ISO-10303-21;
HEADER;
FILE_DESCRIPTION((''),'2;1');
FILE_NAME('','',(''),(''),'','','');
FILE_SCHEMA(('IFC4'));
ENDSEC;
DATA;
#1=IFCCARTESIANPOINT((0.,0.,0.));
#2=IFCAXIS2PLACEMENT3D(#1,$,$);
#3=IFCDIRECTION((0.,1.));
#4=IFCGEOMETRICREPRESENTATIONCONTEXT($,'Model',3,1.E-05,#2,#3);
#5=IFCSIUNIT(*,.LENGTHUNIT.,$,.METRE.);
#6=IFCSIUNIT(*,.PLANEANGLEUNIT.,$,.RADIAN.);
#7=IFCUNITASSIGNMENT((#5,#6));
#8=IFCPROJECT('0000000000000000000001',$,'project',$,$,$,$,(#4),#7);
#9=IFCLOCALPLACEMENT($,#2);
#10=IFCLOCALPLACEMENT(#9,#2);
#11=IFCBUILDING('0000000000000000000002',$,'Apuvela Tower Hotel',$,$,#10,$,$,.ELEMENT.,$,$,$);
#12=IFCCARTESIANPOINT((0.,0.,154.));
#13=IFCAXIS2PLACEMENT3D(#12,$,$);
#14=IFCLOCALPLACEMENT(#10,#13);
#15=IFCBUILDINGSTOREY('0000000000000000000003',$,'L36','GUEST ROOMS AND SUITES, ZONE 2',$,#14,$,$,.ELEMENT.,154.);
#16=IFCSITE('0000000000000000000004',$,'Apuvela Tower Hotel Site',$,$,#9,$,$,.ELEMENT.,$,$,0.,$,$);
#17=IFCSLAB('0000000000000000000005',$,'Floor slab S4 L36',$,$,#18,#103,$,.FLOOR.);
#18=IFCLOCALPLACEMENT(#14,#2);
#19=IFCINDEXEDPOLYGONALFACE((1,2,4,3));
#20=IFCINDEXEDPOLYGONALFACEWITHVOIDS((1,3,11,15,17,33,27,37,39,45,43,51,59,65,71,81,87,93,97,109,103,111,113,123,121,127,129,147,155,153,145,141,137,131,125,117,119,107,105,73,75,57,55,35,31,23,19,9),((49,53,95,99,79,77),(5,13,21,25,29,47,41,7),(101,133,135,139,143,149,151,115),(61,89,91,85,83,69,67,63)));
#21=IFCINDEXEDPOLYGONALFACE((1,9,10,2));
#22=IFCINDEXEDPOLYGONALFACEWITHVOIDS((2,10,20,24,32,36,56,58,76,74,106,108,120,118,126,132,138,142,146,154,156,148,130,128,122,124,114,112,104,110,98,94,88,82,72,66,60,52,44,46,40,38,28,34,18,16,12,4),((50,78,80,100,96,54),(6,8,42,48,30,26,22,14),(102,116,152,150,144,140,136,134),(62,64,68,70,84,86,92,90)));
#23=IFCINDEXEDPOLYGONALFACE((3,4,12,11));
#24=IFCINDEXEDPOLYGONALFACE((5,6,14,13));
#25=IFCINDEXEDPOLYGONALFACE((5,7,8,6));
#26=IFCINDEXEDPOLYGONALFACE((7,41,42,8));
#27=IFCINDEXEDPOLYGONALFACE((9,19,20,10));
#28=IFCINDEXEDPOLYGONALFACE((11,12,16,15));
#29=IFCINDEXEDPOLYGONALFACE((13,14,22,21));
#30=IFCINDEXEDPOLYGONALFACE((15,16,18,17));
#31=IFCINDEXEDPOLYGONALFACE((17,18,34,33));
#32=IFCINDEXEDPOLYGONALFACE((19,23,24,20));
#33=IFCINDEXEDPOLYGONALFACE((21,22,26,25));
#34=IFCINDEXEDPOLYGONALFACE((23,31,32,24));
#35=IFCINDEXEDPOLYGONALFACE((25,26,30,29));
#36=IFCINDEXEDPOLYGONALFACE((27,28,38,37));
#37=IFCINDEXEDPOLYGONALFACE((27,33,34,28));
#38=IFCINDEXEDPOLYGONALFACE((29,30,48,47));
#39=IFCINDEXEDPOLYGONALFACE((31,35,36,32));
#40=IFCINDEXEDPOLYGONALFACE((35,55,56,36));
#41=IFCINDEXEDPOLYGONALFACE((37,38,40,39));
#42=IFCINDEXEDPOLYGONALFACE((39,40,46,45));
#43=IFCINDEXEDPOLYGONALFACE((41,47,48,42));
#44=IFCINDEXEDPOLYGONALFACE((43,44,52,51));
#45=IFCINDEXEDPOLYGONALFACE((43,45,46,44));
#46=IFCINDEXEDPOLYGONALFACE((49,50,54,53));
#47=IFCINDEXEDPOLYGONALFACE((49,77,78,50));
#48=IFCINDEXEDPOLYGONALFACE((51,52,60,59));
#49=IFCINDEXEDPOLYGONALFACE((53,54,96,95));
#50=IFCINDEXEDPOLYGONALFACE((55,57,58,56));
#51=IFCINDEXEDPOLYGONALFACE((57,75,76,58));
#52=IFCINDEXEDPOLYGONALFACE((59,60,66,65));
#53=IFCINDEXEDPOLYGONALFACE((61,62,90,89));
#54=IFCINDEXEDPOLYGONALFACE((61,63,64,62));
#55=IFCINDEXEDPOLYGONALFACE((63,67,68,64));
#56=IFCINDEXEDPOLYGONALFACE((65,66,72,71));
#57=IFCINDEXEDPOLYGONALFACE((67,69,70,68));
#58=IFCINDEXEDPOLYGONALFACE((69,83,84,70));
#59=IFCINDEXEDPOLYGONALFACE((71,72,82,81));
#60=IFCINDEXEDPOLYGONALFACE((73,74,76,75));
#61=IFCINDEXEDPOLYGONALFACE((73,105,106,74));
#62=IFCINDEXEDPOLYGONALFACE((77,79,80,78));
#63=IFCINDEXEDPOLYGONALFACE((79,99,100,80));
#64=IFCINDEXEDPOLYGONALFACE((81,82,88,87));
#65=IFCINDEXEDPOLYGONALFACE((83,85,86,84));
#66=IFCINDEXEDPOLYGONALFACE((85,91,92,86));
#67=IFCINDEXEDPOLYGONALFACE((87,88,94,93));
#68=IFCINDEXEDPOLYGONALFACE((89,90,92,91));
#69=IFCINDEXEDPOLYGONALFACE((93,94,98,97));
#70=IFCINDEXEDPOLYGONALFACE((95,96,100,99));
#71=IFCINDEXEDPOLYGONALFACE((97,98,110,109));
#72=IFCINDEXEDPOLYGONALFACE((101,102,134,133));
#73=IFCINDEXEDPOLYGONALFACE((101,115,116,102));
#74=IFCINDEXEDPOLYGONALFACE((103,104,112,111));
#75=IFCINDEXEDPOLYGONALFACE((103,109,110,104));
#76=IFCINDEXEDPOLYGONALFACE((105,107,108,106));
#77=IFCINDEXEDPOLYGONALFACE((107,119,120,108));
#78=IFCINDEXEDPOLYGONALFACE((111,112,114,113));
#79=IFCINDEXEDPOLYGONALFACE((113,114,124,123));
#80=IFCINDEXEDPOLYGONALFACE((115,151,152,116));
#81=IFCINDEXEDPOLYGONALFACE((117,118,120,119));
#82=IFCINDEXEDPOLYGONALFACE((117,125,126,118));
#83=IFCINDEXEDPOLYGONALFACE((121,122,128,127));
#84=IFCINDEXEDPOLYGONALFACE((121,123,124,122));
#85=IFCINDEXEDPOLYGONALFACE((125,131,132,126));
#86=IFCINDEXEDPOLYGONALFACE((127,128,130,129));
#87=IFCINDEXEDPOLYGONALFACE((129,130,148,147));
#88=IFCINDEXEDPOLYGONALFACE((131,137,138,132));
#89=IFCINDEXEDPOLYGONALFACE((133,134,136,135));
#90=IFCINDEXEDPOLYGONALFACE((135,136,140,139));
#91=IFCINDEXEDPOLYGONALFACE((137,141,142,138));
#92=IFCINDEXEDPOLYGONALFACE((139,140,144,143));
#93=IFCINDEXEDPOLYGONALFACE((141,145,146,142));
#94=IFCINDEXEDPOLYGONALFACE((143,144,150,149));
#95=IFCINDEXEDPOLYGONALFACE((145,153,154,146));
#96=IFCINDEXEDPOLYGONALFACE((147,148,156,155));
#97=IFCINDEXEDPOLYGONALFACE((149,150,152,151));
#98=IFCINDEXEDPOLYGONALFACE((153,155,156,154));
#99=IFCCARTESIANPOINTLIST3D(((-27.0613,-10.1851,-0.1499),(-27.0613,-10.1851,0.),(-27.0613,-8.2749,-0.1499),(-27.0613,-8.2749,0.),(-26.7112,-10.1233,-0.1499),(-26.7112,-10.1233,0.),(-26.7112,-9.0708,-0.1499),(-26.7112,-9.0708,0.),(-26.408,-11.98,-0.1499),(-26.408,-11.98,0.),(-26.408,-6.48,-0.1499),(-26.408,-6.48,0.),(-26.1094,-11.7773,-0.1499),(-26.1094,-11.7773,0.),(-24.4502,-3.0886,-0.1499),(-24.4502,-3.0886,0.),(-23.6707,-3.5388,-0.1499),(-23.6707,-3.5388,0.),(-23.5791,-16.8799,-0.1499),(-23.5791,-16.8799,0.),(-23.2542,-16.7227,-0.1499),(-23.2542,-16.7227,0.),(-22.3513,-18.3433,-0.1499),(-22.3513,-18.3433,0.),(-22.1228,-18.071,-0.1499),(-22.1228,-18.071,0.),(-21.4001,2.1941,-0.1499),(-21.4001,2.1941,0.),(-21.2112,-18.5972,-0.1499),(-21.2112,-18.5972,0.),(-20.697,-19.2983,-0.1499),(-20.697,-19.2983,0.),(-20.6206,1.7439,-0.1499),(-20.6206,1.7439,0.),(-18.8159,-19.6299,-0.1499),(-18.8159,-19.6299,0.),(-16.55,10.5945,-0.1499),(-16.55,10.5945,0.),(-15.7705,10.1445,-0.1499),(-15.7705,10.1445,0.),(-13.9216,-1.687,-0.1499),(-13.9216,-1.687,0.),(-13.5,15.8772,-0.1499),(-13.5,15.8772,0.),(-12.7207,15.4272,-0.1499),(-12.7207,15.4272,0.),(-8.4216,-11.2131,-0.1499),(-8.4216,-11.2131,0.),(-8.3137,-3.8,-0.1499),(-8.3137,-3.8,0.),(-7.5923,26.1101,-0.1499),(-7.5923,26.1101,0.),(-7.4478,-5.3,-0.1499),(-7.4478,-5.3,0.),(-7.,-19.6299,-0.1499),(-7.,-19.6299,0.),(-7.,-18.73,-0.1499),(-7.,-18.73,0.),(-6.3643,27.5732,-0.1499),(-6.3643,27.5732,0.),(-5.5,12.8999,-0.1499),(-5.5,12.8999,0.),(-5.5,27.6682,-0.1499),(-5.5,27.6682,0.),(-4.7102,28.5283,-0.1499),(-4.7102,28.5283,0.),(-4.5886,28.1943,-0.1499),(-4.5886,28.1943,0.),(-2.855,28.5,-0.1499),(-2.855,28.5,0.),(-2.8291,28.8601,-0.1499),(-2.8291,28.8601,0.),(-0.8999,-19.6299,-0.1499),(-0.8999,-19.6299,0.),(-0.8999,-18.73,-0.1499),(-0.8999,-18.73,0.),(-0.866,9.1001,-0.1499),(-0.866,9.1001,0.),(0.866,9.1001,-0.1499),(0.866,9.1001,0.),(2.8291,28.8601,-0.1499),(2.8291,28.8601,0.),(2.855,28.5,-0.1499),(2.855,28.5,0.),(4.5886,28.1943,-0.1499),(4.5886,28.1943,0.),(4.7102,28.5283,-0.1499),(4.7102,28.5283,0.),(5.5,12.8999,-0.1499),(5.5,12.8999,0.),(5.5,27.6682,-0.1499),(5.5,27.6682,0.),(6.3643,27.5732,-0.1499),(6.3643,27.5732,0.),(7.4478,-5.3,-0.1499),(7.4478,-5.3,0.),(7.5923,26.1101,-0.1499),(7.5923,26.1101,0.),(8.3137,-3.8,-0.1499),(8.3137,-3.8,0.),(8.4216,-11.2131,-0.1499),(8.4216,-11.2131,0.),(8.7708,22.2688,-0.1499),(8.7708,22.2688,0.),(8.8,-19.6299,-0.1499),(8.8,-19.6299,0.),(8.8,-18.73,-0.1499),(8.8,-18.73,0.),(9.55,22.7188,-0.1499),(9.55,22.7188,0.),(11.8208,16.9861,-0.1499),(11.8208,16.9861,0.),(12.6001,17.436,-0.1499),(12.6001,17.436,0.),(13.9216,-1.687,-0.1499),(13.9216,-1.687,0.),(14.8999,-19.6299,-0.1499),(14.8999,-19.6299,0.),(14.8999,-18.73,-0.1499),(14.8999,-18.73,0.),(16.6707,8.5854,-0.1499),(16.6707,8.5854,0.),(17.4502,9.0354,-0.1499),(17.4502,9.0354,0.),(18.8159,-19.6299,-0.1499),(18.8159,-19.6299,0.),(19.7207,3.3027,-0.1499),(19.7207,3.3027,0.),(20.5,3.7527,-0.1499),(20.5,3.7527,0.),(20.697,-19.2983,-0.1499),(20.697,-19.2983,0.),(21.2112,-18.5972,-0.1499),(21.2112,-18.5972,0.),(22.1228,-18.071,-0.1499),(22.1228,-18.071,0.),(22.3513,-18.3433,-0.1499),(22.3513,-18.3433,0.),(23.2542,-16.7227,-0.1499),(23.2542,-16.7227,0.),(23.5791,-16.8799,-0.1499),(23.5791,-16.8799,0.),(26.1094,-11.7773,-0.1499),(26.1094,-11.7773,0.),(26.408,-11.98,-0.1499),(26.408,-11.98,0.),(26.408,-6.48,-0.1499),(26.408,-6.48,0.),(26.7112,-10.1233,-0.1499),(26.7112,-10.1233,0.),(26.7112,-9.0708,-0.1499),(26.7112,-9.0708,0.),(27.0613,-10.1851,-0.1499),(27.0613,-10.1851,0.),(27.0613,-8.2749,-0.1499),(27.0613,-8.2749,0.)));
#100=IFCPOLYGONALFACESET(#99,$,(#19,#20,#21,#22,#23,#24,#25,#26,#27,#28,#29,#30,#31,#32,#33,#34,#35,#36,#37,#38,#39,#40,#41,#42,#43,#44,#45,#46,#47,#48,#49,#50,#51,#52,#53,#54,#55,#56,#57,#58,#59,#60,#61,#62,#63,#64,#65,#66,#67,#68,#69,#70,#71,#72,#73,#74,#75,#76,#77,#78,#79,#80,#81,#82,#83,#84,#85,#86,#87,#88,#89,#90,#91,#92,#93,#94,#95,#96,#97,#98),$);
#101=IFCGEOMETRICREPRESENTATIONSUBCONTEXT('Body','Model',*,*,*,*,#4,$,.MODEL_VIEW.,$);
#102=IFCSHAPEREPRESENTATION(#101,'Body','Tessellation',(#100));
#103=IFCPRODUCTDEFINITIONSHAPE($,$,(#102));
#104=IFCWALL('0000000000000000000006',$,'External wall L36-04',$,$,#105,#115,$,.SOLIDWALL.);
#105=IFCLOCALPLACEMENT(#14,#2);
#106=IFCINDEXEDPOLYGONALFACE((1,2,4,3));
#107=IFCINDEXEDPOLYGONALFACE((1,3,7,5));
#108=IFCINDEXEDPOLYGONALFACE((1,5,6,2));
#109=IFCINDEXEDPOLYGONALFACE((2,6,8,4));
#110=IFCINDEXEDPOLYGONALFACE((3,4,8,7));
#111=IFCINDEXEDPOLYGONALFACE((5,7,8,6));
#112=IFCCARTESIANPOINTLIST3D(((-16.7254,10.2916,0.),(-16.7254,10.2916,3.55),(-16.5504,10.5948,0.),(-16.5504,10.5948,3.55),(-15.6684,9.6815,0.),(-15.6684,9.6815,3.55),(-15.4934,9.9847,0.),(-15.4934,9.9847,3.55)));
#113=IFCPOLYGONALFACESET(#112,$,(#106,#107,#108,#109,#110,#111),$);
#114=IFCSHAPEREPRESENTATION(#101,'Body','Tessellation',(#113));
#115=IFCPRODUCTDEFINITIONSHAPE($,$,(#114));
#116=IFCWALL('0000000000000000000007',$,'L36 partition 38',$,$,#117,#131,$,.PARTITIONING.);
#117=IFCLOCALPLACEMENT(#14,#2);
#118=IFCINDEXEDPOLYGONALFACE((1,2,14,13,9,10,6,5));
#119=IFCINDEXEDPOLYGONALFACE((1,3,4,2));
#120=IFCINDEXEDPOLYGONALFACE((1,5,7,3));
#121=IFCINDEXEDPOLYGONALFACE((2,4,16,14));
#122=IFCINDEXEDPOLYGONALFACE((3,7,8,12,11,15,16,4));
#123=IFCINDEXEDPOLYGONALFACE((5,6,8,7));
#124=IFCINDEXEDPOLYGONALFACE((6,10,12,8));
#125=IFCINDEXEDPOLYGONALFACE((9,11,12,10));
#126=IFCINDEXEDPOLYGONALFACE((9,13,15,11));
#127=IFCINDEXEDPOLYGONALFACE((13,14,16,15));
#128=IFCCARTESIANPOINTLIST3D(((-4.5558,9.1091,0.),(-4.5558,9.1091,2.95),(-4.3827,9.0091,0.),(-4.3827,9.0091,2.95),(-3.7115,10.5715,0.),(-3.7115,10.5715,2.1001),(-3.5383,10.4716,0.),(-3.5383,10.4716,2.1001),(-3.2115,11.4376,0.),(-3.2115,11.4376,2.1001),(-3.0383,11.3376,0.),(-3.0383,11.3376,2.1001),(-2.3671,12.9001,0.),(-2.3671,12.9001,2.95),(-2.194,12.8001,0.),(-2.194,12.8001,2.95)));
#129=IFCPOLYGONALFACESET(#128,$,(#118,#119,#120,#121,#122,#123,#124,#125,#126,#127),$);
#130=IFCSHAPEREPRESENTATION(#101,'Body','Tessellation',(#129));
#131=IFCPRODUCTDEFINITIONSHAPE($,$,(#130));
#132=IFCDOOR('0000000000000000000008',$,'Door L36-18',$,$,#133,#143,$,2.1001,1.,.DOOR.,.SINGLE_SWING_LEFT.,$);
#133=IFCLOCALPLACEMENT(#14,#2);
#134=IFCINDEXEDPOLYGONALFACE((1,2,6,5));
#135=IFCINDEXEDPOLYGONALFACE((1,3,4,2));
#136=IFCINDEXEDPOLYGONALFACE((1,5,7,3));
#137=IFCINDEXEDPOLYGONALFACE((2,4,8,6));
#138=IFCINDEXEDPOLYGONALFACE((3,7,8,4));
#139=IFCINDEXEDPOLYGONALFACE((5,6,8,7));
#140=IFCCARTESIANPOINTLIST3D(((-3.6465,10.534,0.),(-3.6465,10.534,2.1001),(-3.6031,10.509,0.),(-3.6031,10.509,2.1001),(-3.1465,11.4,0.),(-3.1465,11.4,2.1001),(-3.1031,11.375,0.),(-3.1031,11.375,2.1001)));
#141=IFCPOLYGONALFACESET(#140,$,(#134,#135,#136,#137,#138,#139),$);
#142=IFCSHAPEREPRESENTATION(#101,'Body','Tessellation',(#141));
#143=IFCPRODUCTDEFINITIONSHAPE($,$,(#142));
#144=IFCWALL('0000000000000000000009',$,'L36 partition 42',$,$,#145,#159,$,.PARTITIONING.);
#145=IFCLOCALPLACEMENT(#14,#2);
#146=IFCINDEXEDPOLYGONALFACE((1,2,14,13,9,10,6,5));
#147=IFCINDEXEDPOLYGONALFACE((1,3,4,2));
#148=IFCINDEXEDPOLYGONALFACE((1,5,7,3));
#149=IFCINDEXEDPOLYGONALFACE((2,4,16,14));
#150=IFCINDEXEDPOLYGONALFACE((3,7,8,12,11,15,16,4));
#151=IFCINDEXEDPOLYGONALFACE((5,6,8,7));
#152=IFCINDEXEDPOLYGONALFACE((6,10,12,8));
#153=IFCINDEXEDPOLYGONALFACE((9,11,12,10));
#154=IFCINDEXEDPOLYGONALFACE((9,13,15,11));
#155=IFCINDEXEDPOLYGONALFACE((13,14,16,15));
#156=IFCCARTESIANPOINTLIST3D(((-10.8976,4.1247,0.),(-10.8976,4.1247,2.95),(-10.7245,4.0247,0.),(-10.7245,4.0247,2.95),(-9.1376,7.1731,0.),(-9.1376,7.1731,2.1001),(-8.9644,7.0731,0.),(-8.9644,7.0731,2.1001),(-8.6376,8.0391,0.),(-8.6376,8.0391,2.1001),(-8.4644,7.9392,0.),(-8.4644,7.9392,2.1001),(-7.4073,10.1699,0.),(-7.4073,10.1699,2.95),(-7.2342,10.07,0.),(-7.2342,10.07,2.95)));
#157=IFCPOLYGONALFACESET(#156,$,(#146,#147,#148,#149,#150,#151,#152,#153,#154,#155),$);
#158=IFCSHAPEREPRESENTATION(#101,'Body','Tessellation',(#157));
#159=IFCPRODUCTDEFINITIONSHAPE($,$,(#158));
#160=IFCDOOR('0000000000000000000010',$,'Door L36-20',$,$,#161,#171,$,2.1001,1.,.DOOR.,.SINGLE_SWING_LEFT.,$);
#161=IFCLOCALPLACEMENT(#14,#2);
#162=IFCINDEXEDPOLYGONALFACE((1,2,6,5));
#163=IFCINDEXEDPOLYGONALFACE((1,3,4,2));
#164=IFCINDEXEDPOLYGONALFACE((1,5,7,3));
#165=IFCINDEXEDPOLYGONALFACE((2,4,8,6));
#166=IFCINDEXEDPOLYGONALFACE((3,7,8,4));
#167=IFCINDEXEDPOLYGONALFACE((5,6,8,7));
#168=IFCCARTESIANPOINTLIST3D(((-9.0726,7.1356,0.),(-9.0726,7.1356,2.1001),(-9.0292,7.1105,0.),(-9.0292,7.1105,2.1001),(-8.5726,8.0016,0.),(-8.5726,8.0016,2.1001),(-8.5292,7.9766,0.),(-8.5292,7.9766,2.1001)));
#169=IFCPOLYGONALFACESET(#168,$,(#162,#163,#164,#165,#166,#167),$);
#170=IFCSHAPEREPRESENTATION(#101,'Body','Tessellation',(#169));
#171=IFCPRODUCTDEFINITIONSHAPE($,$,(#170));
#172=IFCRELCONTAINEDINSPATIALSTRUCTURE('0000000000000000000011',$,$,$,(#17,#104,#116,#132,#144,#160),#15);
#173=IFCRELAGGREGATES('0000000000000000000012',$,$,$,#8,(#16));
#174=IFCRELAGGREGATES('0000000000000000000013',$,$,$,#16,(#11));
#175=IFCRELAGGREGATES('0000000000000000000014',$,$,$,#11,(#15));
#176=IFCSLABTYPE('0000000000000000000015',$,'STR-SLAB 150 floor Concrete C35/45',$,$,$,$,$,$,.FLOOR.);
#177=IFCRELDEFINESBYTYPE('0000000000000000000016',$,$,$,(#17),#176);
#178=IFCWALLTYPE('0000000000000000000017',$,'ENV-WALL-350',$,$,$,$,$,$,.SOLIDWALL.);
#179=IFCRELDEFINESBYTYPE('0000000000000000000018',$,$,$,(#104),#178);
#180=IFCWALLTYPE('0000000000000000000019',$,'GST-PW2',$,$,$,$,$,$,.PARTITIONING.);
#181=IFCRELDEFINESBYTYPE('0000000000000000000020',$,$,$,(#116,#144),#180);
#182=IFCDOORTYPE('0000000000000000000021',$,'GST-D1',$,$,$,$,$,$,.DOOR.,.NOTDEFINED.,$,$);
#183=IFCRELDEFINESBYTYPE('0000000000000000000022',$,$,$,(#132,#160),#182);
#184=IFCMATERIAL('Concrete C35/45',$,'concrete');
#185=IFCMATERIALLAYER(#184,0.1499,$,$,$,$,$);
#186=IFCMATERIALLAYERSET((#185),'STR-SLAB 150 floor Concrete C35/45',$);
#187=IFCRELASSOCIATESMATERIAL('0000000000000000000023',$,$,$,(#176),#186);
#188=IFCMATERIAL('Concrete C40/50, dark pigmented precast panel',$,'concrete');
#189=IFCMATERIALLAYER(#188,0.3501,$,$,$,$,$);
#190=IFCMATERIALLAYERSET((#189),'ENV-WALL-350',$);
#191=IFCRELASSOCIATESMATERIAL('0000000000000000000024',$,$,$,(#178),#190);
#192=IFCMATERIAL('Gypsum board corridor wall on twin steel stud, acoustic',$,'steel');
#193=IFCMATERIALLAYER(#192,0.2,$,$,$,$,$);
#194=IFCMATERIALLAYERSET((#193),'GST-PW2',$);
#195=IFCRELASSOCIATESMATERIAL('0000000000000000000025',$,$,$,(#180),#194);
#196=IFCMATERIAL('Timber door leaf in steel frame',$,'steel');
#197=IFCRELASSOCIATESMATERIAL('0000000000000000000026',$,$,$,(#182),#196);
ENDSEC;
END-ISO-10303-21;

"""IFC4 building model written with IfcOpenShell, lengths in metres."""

from ifc_helpers import new_model, si_unit, direction, frame, frame_2d, origin, place, context, subcontext, project, spatial, polyline, rectangle, outline, extrude, material, layer, layer_set, type_object, element, fill, save


model = new_model("IFC4")

# Units and contexts
model_context = context("Model", 3, precision=1e-05, world=origin(), true_north=direction((0.0, 1.0)))
body_context = subcontext(model_context, "Body", "Model", "MODEL_VIEW")
ifc_project = project(units=[si_unit("LENGTHUNIT", "METRE"), si_unit("PLANEANGLEUNIT", "RADIAN")], contexts=[model_context])

# Site, building, storey
site_placement = place(None, origin())
site = spatial("IfcSite", under=ifc_project, at=site_placement, Name="Apuvela Tower Hotel Site", CompositionType="ELEMENT", RefElevation=0.0)
building_placement = place(site_placement, origin())
building = spatial("IfcBuilding", under=site, at=building_placement, Name="Apuvela Tower Hotel", CompositionType="ELEMENT")
storey_placement = place(building_placement, frame((0.0, 0.0, 154.0)))
storey = spatial("IfcBuildingStorey", under=building, at=storey_placement, Name="L36", Description="GUEST ROOMS AND SUITES, ZONE 2", CompositionType="ELEMENT", Elevation=154.0)

# Slab
ifc_material_1 = material(Name="Concrete C35/45", Category="concrete")
ifc_layer_1 = layer(ifc_material_1, 0.1499)
ifc_layer_set_1 = layer_set([ifc_layer_1], Name="STR-SLAB 150 floor Concrete C35/45")
slab_type_1 = type_object("IfcSlabType", Name="STR-SLAB 150 floor Concrete C35/45", PredefinedType="FLOOR", material=ifc_layer_set_1)
slab_1_placement = place(storey_placement, frame((0.0, 0.0, -0.1499)))
element("IfcSlab", 1, at=slab_1_placement, inside=storey, type_object=slab_type_1, Name="Floor slab S4 L36", PredefinedType="FLOOR", context=body_context, shape_type="SweptSolid", body=[
    extrude(outline(polyline([(-6.3643, 27.5732), (-4.7102, 28.5283), (-2.8291, 28.8601), (2.8291, 28.8601), (4.7102, 28.5283), (6.3643, 27.5732), (7.5923, 26.1101), (9.55, 22.7188), (8.7708, 22.2688), (11.8208, 16.9861), (12.6001, 17.436), (17.4502, 9.0354), (16.6707, 8.5854), (19.7207, 3.3027), (20.5, 3.7527), (26.408, -6.48), (27.0613, -8.2749), (27.0613, -10.1851), (26.408, -11.98), (23.5791, -16.8799), (22.3513, -18.3433), (20.697, -19.2983), (18.8159, -19.6299), (14.8999, -19.6299), (14.8999, -18.73), (8.8, -18.73), (8.8, -19.6299), (-0.8999, -19.6299), (-0.8999, -18.73), (-7.0, -18.73), (-7.0, -19.6299), (-18.8159, -19.6299), (-20.697, -19.2983), (-22.3513, -18.3433), (-23.5791, -16.8799), (-26.408, -11.98), (-27.0613, -10.1851), (-27.0613, -8.2749), (-26.408, -6.48), (-24.4502, -3.0886), (-23.6707, -3.5388), (-20.6206, 1.7439), (-21.4001, 2.1941), (-16.55, 10.5945), (-15.7705, 10.1445), (-12.7207, 15.4272), (-13.5, 15.8772), (-7.5923, 26.1101), (-6.3643, 27.5732)]), holes=[polyline([(0.866, 9.1001), (-0.866, 9.1001), (-8.3137, -3.8), (-7.4478, -5.3), (7.4478, -5.3), (8.3137, -3.8), (0.866, 9.1001)]), polyline([(-5.5, 12.8999), (-5.5, 27.6682), (-4.5886, 28.1943), (-2.855, 28.5), (2.855, 28.5), (4.5886, 28.1943), (5.5, 27.6682), (5.5, 12.8999), (-5.5, 12.8999)]), polyline([(-8.4216, -11.2131), (-21.2112, -18.5972), (-22.1228, -18.071), (-23.2542, -16.7227), (-26.1094, -11.7773), (-26.7112, -10.1233), (-26.7112, -9.0708), (-13.9216, -1.687), (-8.4216, -11.2131)]), polyline([(13.9216, -1.687), (26.7112, -9.0708), (26.7112, -10.1233), (26.1094, -11.7773), (23.2542, -16.7227), (22.1228, -18.071), (21.2112, -18.5972), (8.4216, -11.2131), (13.9216, -1.687)])]), origin(), (0.0, 0.0, 1.0), 0.1499),
])

# Wall
ifc_material_2 = material(Name="Concrete C40/50, dark pigmented precast panel", Category="concrete")
ifc_layer_2 = layer(ifc_material_2, 0.3501)
ifc_layer_set_2 = layer_set([ifc_layer_2], Name="ENV-WALL-350")
wall_type_1 = type_object("IfcWallType", Name="ENV-WALL-350", PredefinedType="SOLIDWALL", material=ifc_layer_set_2)
wall_1_placement = place(storey_placement, frame((-15.5808, 9.833, 0.0), z_axis=(0.0, 0.0, 1.0), x_axis=(-0.866056, 0.499948, 0.0)))
element("IfcWall", 2, at=wall_1_placement, inside=storey, type_object=wall_type_1, Name="External wall L36-04", PredefinedType="SOLIDWALL", context=body_context, shape_type="SweptSolid", body=[
    extrude(rectangle(XDim=1.2205, YDim=0.3501, at=frame_2d((0.6104, 0.0))), origin(), (0.0, 0.0, 1.0), 3.55),
])

# Walls, openings, doors
ifc_material_3 = material(Name="Gypsum board corridor wall on twin steel stud, acoustic", Category="steel")
ifc_layer_3 = layer(ifc_material_3, 0.2)
ifc_layer_set_3 = layer_set([ifc_layer_3], Name="GST-PW2")
wall_type_2 = type_object("IfcWallType", Name="GST-PW2", PredefinedType="PARTITIONING", material=ifc_layer_set_3)
wall_2_placement = place(storey_placement, frame((-4.4692, 9.0591, 0.0), z_axis=(0.0, 0.0, 1.0), x_axis=(0.499996, 0.866028, 0.0)))
wall_2 = element("IfcWall", 3, at=wall_2_placement, inside=storey, type_object=wall_type_2, Name="L36 partition 38", PredefinedType="PARTITIONING", context=body_context, shape_type="SweptSolid", body=[
    extrude(rectangle(XDim=4.3774, YDim=0.2, at=frame_2d((2.1887, 0.0))), origin(), (0.0, 0.0, 1.0), 2.95),
])
opening_1_placement = place(wall_2_placement, frame((1.6887, 0.0, 0.0)))
opening_1 = element("IfcOpeningElement", 4, at=opening_1_placement, cuts=wall_2, PredefinedType="OPENING", context=body_context, shape_type="SweptSolid", body=[
    extrude(rectangle(XDim=1.0, YDim=2.1001, at=frame_2d((0.5, 1.05))), frame((0.0, 0.1099, 0.0), z_axis=(0.0, -1.0, 0.0), x_axis=(1.0, 0.0, 0.0)), (0.0, 0.0, 1.0), 0.22),
])
ifc_material_4 = material(Name="Timber door leaf in steel frame", Category="steel")
door_type_1 = type_object("IfcDoorType", Name="GST-D1", OperationType="NOTDEFINED", PredefinedType="DOOR", material=ifc_material_4)
door_1_placement = place(opening_1_placement, origin())
door_1 = element("IfcDoor", 5, at=door_1_placement, inside=storey, type_object=door_type_1, Name="Door L36-18", OperationType="SINGLE_SWING_LEFT", OverallHeight=2.1001, OverallWidth=1.0, PredefinedType="DOOR", context=body_context, shape_type="SweptSolid", body=[
    extrude(rectangle(XDim=1.0, YDim=2.1001, at=frame_2d((0.5, 1.05))), frame((0.0, 0.0249, 0.0), z_axis=(0.0, -1.0, 0.0), x_axis=(1.0, 0.0, 0.0)), (0.0, 0.0, 1.0), 0.05),
])
fill(opening_1, door_1)
wall_3_placement = place(storey_placement, frame((-10.811, 4.0747, 0.0), z_axis=(0.0, 0.0, 1.0), x_axis=(0.500006, 0.866022, 0.0)))
wall_3 = element("IfcWall", 6, at=wall_3_placement, inside=storey, type_object=wall_type_2, Name="L36 partition 42", PredefinedType="PARTITIONING", context=body_context, shape_type="SweptSolid", body=[
    extrude(rectangle(XDim=6.9805, YDim=0.2, at=frame_2d((3.4902, 0.0))), origin(), (0.0, 0.0, 1.0), 2.95),
])
opening_2_placement = place(wall_3_placement, frame((3.52, 0.0, 0.0)))
opening_2 = element("IfcOpeningElement", 7, at=opening_2_placement, cuts=wall_3, PredefinedType="OPENING", context=body_context, shape_type="SweptSolid", body=[
    extrude(rectangle(XDim=1.0, YDim=2.1001, at=frame_2d((0.5, 1.05))), frame((0.0, 0.1099, 0.0), z_axis=(0.0, -1.0, 0.0), x_axis=(1.0, 0.0, 0.0)), (0.0, 0.0, 1.0), 0.22),
])
door_2_placement = place(opening_2_placement, origin())
door_2 = element("IfcDoor", 8, at=door_2_placement, inside=storey, type_object=door_type_1, Name="Door L36-20", OperationType="SINGLE_SWING_LEFT", OverallHeight=2.1001, OverallWidth=1.0, PredefinedType="DOOR", context=body_context, shape_type="SweptSolid", body=[
    extrude(rectangle(XDim=1.0, YDim=2.1001, at=frame_2d((0.5, 1.05))), frame((0.0, 0.0249, 0.0), z_axis=(0.0, -1.0, 0.0), x_axis=(1.0, 0.0, 0.0)), (0.0, 0.0, 1.0), 0.05),
])
fill(opening_2, door_2)

save(model, "model.ifc")
